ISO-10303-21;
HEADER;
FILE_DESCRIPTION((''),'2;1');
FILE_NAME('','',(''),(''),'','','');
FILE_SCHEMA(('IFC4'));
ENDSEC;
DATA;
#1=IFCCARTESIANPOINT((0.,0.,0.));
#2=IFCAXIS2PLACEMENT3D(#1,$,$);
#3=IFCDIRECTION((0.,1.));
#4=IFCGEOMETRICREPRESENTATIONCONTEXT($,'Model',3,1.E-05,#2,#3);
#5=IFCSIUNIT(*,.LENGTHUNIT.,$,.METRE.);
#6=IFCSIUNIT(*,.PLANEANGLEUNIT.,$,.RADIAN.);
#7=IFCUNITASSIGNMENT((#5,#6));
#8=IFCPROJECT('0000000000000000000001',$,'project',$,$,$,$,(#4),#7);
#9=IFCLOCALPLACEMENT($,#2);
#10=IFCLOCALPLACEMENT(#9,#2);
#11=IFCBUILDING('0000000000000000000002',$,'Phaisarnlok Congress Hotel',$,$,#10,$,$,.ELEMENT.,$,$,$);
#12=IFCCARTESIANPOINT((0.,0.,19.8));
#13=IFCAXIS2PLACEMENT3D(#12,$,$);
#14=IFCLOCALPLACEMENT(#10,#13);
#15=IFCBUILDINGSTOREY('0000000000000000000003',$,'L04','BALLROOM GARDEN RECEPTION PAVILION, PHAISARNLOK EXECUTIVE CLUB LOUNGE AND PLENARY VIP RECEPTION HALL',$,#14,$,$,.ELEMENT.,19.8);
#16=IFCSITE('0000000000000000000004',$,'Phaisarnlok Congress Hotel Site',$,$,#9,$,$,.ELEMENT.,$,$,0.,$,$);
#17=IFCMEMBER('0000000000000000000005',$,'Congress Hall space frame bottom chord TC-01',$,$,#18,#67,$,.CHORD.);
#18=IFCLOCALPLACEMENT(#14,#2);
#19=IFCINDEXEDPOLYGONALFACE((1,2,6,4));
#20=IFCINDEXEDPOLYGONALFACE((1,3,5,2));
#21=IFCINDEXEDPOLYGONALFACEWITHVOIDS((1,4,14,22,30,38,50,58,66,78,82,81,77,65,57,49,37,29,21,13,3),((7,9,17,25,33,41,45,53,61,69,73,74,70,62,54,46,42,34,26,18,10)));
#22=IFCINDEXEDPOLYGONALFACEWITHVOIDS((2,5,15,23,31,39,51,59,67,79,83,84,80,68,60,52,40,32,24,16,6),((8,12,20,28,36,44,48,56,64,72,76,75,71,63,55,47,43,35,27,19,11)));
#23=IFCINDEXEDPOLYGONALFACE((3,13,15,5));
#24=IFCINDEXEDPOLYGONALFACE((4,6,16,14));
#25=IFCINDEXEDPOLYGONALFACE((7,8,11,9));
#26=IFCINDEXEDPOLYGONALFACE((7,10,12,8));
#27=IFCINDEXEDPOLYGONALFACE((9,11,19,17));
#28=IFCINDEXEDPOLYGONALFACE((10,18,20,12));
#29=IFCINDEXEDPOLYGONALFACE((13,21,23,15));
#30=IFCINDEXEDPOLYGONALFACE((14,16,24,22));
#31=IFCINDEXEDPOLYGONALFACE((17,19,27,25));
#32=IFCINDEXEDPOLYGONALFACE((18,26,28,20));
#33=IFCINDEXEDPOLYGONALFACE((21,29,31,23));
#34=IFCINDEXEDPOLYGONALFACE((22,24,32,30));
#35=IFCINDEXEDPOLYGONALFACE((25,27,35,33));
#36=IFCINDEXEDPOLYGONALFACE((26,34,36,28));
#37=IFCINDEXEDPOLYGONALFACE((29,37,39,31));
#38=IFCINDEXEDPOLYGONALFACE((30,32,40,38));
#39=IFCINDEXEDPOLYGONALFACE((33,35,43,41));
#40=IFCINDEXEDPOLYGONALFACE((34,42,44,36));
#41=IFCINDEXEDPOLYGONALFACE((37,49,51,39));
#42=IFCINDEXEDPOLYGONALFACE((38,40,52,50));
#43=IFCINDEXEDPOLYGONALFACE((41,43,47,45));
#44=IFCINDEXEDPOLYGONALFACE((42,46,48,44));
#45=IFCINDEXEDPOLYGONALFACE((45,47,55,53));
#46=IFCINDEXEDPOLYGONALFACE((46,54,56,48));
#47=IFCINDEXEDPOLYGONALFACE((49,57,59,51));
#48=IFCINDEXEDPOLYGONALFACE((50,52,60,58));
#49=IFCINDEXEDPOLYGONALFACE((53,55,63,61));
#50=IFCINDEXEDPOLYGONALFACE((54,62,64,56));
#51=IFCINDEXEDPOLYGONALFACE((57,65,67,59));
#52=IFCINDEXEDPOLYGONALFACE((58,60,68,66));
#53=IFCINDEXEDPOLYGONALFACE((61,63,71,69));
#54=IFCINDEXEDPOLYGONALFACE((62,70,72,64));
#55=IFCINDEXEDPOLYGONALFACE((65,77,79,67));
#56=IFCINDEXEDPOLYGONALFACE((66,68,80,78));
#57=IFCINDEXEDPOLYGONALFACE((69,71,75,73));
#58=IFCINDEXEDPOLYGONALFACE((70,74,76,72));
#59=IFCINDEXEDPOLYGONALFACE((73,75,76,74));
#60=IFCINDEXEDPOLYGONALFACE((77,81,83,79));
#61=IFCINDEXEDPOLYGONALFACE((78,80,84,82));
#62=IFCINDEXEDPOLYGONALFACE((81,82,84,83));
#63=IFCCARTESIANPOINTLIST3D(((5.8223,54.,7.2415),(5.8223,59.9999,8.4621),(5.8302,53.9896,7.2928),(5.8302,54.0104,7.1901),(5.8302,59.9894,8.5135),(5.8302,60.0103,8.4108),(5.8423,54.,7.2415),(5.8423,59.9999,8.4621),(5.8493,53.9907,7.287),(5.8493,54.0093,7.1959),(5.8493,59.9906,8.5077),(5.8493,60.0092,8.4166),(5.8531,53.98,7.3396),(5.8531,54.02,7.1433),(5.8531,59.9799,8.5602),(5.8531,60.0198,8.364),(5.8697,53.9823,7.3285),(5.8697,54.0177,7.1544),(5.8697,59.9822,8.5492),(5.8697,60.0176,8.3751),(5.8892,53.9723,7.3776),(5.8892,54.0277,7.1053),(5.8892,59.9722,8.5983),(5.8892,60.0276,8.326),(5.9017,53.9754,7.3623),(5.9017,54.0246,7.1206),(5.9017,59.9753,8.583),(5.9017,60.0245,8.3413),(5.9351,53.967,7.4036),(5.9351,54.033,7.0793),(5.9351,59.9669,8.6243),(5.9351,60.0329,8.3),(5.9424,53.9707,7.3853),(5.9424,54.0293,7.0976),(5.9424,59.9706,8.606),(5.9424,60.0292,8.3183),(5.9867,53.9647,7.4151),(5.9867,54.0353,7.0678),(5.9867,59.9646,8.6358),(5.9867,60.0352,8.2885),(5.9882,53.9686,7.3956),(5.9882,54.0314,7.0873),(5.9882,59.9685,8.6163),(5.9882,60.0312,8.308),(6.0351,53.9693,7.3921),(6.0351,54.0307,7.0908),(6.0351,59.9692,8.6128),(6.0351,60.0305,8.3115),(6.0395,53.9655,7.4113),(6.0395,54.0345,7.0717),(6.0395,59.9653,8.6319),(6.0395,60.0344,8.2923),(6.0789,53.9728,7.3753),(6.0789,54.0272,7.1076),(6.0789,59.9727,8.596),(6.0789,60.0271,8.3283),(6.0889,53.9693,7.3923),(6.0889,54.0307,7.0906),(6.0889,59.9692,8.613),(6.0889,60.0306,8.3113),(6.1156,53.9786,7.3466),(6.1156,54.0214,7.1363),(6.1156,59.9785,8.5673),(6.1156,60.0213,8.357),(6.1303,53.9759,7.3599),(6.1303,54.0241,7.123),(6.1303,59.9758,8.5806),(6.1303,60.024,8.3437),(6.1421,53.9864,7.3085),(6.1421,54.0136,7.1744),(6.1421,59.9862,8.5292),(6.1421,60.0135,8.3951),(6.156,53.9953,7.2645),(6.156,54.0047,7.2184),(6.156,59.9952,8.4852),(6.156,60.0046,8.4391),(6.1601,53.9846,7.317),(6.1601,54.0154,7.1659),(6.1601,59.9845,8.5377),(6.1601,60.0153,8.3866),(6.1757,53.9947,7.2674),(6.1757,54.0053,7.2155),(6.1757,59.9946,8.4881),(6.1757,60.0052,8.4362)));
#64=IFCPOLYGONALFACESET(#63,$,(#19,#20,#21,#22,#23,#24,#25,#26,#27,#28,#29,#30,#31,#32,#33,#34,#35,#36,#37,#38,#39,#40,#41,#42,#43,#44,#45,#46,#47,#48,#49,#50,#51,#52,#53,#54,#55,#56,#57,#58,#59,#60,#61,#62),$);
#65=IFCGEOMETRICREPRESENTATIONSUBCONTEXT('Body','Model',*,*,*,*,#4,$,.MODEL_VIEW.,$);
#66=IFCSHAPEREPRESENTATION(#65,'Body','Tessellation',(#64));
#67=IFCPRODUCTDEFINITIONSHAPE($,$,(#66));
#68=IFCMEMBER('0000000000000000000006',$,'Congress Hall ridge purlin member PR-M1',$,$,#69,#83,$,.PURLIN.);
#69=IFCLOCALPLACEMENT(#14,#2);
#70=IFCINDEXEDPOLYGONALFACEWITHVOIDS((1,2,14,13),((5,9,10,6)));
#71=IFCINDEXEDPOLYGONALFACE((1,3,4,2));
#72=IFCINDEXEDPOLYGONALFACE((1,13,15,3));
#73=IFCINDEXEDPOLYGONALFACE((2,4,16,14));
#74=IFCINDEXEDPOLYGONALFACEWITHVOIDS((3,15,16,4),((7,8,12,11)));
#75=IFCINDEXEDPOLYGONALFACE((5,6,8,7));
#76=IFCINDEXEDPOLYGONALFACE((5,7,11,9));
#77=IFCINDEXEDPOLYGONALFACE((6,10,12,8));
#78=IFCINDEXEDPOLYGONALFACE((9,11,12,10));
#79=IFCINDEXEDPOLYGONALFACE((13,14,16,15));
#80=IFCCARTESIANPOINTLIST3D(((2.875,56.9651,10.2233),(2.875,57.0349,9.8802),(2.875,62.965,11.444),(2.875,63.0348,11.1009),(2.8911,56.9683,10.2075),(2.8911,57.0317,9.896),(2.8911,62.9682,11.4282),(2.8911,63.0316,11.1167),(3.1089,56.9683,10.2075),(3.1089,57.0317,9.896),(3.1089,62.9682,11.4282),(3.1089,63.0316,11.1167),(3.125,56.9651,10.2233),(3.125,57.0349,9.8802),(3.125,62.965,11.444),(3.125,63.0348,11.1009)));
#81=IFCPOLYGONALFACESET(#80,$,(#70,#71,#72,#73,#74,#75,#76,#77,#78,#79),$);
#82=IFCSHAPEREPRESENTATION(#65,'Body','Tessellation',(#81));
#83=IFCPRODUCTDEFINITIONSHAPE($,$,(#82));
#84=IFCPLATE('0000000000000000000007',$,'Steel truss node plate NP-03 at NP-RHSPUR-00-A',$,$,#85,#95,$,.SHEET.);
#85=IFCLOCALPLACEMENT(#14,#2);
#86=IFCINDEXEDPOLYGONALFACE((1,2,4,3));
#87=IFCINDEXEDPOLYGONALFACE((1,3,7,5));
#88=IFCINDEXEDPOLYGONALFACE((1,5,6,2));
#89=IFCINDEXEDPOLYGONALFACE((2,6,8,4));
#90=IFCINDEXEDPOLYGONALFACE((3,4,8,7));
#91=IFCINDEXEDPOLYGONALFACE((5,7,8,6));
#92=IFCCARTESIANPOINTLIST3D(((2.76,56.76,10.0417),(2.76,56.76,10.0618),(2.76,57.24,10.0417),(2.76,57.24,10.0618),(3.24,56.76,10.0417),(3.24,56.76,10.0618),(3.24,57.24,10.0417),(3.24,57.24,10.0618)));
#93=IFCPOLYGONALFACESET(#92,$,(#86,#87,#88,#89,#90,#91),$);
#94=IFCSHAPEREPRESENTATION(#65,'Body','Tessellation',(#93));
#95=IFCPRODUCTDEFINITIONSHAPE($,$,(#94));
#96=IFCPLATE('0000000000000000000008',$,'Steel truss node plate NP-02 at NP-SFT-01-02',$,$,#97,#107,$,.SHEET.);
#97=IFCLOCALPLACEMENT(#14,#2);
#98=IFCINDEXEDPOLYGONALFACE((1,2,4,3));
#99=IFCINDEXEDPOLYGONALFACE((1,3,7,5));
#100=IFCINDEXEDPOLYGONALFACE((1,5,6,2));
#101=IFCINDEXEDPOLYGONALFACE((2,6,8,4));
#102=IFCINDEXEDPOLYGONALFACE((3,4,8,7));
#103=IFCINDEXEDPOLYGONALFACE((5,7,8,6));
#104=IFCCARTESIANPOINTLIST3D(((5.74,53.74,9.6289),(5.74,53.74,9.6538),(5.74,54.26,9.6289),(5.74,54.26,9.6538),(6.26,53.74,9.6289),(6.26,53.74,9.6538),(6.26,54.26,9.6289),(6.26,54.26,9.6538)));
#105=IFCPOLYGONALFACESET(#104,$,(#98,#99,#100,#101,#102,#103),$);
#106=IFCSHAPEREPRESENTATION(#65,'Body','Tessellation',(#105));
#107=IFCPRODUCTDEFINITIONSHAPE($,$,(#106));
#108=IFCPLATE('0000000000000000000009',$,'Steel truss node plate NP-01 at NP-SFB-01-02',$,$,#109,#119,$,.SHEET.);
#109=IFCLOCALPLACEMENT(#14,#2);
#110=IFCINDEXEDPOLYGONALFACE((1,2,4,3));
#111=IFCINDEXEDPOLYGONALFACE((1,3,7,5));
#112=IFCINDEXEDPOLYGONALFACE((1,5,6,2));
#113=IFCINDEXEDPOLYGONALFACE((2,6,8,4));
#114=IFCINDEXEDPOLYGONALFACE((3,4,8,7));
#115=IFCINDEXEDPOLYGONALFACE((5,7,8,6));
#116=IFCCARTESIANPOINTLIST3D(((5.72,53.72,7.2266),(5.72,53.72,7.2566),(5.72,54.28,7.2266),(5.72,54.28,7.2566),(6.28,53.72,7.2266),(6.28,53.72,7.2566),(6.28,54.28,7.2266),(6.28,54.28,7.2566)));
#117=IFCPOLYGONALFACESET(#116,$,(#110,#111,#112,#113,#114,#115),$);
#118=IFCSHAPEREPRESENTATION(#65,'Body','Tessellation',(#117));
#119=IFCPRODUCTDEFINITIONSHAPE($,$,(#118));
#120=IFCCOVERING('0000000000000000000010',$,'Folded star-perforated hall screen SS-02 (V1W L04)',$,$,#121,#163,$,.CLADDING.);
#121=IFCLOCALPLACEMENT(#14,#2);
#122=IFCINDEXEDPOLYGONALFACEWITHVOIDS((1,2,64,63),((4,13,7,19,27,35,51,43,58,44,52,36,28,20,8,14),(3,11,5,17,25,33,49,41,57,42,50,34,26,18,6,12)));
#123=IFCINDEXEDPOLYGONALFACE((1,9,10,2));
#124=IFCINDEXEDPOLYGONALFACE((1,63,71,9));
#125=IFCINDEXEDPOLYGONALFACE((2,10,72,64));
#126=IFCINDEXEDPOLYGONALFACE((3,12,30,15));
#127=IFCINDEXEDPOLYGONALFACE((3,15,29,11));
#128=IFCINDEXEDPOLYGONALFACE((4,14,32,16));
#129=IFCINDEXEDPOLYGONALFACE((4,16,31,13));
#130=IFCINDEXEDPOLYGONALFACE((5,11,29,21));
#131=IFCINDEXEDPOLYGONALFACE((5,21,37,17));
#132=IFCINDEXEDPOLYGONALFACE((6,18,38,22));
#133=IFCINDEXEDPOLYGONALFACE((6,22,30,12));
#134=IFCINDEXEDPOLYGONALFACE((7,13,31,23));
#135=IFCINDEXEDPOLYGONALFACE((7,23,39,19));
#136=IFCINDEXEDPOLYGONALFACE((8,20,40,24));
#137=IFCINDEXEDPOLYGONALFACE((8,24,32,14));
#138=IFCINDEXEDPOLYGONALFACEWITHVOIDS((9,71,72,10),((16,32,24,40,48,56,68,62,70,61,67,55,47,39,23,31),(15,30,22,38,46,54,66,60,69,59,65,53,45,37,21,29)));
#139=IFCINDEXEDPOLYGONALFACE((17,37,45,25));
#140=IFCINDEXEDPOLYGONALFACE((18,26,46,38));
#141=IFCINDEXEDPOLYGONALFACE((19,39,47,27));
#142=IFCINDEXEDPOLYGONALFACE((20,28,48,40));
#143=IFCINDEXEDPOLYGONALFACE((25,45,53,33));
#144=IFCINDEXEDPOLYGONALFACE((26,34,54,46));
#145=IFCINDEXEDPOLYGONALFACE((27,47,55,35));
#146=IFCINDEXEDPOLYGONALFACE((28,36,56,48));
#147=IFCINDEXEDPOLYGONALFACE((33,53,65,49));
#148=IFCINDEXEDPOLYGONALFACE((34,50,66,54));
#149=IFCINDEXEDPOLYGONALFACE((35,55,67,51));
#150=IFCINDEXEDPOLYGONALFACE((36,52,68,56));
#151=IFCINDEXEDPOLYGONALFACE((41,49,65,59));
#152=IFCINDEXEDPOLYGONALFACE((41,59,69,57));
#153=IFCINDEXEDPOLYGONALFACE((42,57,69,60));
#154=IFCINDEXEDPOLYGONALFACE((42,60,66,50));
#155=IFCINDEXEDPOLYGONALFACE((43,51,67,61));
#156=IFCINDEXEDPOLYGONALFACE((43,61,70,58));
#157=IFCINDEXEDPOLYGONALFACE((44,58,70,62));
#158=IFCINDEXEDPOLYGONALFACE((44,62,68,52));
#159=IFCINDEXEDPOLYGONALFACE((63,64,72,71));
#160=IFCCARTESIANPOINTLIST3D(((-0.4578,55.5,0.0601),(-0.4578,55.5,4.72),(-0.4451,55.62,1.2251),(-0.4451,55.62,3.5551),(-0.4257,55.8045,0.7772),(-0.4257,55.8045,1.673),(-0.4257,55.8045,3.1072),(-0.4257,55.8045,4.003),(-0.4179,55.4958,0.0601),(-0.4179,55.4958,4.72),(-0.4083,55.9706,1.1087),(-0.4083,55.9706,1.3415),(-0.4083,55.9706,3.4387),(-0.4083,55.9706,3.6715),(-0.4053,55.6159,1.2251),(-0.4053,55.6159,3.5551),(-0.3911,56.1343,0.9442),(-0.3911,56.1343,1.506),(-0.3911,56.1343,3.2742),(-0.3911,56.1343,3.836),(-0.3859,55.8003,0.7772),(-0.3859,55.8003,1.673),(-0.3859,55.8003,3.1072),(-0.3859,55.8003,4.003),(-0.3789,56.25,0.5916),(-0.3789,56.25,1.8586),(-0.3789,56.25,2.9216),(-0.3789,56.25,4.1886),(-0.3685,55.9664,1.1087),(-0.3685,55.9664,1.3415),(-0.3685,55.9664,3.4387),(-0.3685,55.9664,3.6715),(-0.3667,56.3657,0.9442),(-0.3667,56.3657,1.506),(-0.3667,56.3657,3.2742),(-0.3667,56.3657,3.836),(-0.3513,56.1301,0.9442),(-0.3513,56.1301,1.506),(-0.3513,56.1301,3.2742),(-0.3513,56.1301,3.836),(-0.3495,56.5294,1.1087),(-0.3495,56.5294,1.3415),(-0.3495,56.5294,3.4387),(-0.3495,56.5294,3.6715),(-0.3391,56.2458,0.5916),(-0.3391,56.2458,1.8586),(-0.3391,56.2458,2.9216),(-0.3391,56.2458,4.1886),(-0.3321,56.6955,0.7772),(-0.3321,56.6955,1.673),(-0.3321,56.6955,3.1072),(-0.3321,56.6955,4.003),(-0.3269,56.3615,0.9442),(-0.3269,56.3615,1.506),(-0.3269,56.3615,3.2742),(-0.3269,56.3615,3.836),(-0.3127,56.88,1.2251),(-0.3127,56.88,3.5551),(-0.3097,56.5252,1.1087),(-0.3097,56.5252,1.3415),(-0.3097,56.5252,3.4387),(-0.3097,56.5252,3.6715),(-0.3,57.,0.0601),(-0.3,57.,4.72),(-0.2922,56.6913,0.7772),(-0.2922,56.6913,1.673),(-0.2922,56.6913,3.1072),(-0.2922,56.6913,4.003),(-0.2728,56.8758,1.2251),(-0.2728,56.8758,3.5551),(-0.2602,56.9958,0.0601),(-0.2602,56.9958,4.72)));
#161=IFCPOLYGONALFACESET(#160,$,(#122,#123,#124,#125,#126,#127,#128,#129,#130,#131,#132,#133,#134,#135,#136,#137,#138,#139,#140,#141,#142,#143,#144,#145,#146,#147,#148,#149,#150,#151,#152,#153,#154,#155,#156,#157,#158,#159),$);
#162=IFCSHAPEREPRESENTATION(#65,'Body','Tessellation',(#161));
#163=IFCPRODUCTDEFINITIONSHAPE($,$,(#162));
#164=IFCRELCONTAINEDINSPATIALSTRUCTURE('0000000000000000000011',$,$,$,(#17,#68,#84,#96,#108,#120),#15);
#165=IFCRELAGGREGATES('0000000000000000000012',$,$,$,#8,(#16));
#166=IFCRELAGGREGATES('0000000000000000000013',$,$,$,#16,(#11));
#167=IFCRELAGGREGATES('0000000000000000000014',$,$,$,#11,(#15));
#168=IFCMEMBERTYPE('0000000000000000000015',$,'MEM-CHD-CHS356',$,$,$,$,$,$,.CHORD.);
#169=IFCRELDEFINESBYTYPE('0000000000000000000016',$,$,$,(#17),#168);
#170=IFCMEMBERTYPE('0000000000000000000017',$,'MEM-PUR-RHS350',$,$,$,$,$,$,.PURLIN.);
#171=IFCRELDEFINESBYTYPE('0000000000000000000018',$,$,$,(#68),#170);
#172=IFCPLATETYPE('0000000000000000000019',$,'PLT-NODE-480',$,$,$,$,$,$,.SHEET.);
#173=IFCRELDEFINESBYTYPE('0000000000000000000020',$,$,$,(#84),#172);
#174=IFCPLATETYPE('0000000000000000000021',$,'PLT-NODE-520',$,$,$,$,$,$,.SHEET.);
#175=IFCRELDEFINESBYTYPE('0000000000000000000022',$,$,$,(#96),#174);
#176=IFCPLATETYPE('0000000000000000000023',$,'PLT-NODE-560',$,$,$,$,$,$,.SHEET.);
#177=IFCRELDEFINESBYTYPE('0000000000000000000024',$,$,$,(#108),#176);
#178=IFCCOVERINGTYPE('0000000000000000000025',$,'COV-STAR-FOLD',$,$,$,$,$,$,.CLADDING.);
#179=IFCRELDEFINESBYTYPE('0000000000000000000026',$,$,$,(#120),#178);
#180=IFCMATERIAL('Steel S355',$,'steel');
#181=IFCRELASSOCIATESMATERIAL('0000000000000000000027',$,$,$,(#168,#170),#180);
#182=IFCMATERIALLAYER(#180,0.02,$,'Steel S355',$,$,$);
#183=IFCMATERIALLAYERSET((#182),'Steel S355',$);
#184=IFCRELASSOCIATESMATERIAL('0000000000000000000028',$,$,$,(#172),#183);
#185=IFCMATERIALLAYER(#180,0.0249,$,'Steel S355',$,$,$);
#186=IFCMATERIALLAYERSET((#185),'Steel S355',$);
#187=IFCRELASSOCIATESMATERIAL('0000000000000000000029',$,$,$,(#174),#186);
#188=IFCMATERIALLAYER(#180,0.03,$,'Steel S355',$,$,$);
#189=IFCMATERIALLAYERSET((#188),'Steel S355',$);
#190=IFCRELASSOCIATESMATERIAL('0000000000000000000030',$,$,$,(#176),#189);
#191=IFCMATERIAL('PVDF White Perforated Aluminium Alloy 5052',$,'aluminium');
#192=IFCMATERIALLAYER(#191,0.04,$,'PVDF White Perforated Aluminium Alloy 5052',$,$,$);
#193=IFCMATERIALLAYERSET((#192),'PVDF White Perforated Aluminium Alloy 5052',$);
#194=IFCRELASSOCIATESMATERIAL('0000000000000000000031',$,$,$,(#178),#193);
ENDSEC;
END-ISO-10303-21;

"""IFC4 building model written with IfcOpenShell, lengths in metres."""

from ifc_helpers import new_model, si_unit, direction, frame, origin, origin_2d, place, context, subcontext, project, spatial, polyline, rectangle, hollow_rectangle, hollow_circle, outline, extrude, material, layer, layer_set, material_profile, profile_set, type_object, element, save


model = new_model("IFC4")

# Units and contexts
model_context = context("Model", 3, precision=1e-05, world=origin(), true_north=direction((0.0, 1.0)))
body_context = subcontext(model_context, "Body", "Model", "MODEL_VIEW")
ifc_project = project(units=[si_unit("LENGTHUNIT", "METRE"), si_unit("PLANEANGLEUNIT", "RADIAN")], contexts=[model_context])

# Site, building, storey
site_placement = place(None, origin())
site = spatial("IfcSite", under=ifc_project, at=site_placement, Name="Phaisarnlok Congress Hotel Site", CompositionType="ELEMENT", RefElevation=0.0)
building_placement = place(site_placement, origin())
building = spatial("IfcBuilding", under=site, at=building_placement, Name="Phaisarnlok Congress Hotel", CompositionType="ELEMENT")
storey_placement = place(building_placement, frame((0.0, 0.0, 19.8)))
storey = spatial("IfcBuildingStorey", under=building, at=storey_placement, Name="L04", Description="BALLROOM GARDEN RECEPTION PAVILION, PHAISARNLOK EXECUTIVE CLUB LOUNGE AND PLENARY VIP RECEPTION HALL", CompositionType="ELEMENT", Elevation=19.8)

# Members
ifc_material_1 = material(Name="Steel S355", Category="steel")
ifc_material_profile_1 = material_profile(ifc_material_1, hollow_circle(Radius=0.1777, WallThickness=0.02, at=origin_2d()), Name="CHS 355.6x20")
ifc_profile_set_1 = profile_set([ifc_material_profile_1], Name="Steel S355")
member_type_1 = type_object("IfcMemberType", Name="MEM-CHD-CHS356", PredefinedType="CHORD", material=ifc_profile_set_1)
member_1_placement = place(storey_placement, frame((6.0, 54.0, 7.2415), z_axis=(0.0, 0.979925, 0.199366), x_axis=(-1.0, 0.0, 0.0)))
element("IfcMember", 1, at=member_1_placement, inside=storey, type_object=member_type_1, Name="Congress Hall space frame bottom chord TC-01", PredefinedType="CHORD", context=body_context, shape_type="SweptSolid", body=[
    extrude(hollow_circle(Radius=0.1777, WallThickness=0.02, at=origin_2d()), origin(), (0.0, 0.0, 1.0), 6.1228),
])
ifc_material_profile_2 = material_profile(ifc_material_1, hollow_rectangle(XDim=0.25, YDim=0.3501, WallThickness=0.0161, at=origin_2d()), Name="RHS 350x250x16")
ifc_profile_set_2 = profile_set([ifc_material_profile_2], Name="Steel S355")
member_type_2 = type_object("IfcMemberType", Name="MEM-PUR-RHS350", PredefinedType="PURLIN", material=ifc_profile_set_2)
member_2_placement = place(storey_placement, frame((3.0, 57.0, 10.0518), z_axis=(0.0, 0.979925, 0.199366), x_axis=(-1.0, 0.0, 0.0)))
element("IfcMember", 2, at=member_2_placement, inside=storey, type_object=member_type_2, Name="Congress Hall ridge purlin member PR-M1", PredefinedType="PURLIN", context=body_context, shape_type="SweptSolid", body=[
    extrude(hollow_rectangle(XDim=0.25, YDim=0.3501, WallThickness=0.0161, at=origin_2d()), origin(), (0.0, 0.0, 1.0), 6.1228),
])

# Plates
ifc_layer_1 = layer(ifc_material_1, 0.02, Name="Steel S355")
ifc_layer_set_1 = layer_set([ifc_layer_1], Name="Steel S355")
plate_type_1 = type_object("IfcPlateType", Name="PLT-NODE-480", PredefinedType="SHEET", material=ifc_layer_set_1)
plate_1_placement = place(storey_placement, frame((3.0, 57.0, 10.0417), z_axis=(0.0, 0.0, 1.0), x_axis=(1.0, 0.0, 0.0)))
element("IfcPlate", 3, at=plate_1_placement, inside=storey, type_object=plate_type_1, Name="Steel truss node plate NP-03 at NP-RHSPUR-00-A", PredefinedType="SHEET", context=body_context, shape_type="SweptSolid", body=[
    extrude(rectangle(XDim=0.48, YDim=0.48, at=origin_2d()), origin(), (0.0, 0.0, 1.0), 0.02),
])
ifc_layer_2 = layer(ifc_material_1, 0.0249, Name="Steel S355")
ifc_layer_set_2 = layer_set([ifc_layer_2], Name="Steel S355")
plate_type_2 = type_object("IfcPlateType", Name="PLT-NODE-520", PredefinedType="SHEET", material=ifc_layer_set_2)
plate_2_placement = place(storey_placement, frame((6.0, 54.0, 9.6289), z_axis=(0.0, 0.0, 1.0), x_axis=(1.0, 0.0, 0.0)))
element("IfcPlate", 4, at=plate_2_placement, inside=storey, type_object=plate_type_2, Name="Steel truss node plate NP-02 at NP-SFT-01-02", PredefinedType="SHEET", context=body_context, shape_type="SweptSolid", body=[
    extrude(rectangle(XDim=0.52, YDim=0.52, at=origin_2d()), origin(), (0.0, 0.0, 1.0), 0.0249),
])
ifc_layer_3 = layer(ifc_material_1, 0.03, Name="Steel S355")
ifc_layer_set_3 = layer_set([ifc_layer_3], Name="Steel S355")
plate_type_3 = type_object("IfcPlateType", Name="PLT-NODE-560", PredefinedType="SHEET", material=ifc_layer_set_3)
plate_3_placement = place(storey_placement, frame((6.0, 54.0, 7.2266), z_axis=(0.0, 0.0, 1.0), x_axis=(1.0, 0.0, 0.0)))
element("IfcPlate", 5, at=plate_3_placement, inside=storey, type_object=plate_type_3, Name="Steel truss node plate NP-01 at NP-SFB-01-02", PredefinedType="SHEET", context=body_context, shape_type="SweptSolid", body=[
    extrude(rectangle(XDim=0.5601, YDim=0.5601, at=origin_2d()), origin(), (0.0, 0.0, 1.0), 0.03),
])

# Covering
ifc_material_2 = material(Name="PVDF White Perforated Aluminium Alloy 5052", Category="aluminium")
ifc_layer_4 = layer(ifc_material_2, 0.04, Name="PVDF White Perforated Aluminium Alloy 5052")
ifc_layer_set_4 = layer_set([ifc_layer_4], Name="PVDF White Perforated Aluminium Alloy 5052")
covering_type = type_object("IfcCoveringType", Name="COV-STAR-FOLD", PredefinedType="CLADDING", material=ifc_layer_set_4)
for number, where, z_axis, x_axis, name in (
    (6, (-0.4578, 55.5, 0.0601), (0.994518, -0.104567, 0.0), (0.104567, 0.994518, 0.0), "Folded star-perforated hall screen SS-02 (V1W L04)"),
):
    element("IfcCovering", number, at=place(storey_placement, frame(where, z_axis=z_axis, x_axis=x_axis)), inside=storey, type_object=covering_type, Name=name, PredefinedType="CLADDING", context=body_context, shape_type="SweptSolid", body=[
        extrude(outline(polyline([(0.0, 0.0), (1.5083, 0.0), (1.5083, 4.6599), (0.0, 4.6599), (0.0, 0.0)]), holes=[polyline([(1.0351, 1.0486), (1.2021, 0.7171), (0.8705, 0.8841), (0.7541, 0.5315), (0.6378, 0.8841), (0.3062, 0.7171), (0.4732, 1.0486), (0.1207, 1.165), (0.4732, 1.2814), (0.3062, 1.6129), (0.6378, 1.4459), (0.7541, 1.7985), (0.8705, 1.4459), (1.2021, 1.6129), (1.0351, 1.2814), (1.3876, 1.165), (1.0351, 1.0486)]), polyline([(1.0351, 3.3786), (1.2021, 3.0471), (0.8705, 3.2141), (0.7541, 2.8615), (0.6378, 3.2141), (0.3062, 3.0471), (0.4732, 3.3786), (0.1207, 3.495), (0.4732, 3.6114), (0.3062, 3.9429), (0.6378, 3.7759), (0.7541, 4.1285), (0.8705, 3.7759), (1.2021, 3.9429), (1.0351, 3.6114), (1.3876, 3.495), (1.0351, 3.3786)])]), origin(), (0.0, 0.0, 1.0), 0.04),
    ])

save(model, "model.ifc")
